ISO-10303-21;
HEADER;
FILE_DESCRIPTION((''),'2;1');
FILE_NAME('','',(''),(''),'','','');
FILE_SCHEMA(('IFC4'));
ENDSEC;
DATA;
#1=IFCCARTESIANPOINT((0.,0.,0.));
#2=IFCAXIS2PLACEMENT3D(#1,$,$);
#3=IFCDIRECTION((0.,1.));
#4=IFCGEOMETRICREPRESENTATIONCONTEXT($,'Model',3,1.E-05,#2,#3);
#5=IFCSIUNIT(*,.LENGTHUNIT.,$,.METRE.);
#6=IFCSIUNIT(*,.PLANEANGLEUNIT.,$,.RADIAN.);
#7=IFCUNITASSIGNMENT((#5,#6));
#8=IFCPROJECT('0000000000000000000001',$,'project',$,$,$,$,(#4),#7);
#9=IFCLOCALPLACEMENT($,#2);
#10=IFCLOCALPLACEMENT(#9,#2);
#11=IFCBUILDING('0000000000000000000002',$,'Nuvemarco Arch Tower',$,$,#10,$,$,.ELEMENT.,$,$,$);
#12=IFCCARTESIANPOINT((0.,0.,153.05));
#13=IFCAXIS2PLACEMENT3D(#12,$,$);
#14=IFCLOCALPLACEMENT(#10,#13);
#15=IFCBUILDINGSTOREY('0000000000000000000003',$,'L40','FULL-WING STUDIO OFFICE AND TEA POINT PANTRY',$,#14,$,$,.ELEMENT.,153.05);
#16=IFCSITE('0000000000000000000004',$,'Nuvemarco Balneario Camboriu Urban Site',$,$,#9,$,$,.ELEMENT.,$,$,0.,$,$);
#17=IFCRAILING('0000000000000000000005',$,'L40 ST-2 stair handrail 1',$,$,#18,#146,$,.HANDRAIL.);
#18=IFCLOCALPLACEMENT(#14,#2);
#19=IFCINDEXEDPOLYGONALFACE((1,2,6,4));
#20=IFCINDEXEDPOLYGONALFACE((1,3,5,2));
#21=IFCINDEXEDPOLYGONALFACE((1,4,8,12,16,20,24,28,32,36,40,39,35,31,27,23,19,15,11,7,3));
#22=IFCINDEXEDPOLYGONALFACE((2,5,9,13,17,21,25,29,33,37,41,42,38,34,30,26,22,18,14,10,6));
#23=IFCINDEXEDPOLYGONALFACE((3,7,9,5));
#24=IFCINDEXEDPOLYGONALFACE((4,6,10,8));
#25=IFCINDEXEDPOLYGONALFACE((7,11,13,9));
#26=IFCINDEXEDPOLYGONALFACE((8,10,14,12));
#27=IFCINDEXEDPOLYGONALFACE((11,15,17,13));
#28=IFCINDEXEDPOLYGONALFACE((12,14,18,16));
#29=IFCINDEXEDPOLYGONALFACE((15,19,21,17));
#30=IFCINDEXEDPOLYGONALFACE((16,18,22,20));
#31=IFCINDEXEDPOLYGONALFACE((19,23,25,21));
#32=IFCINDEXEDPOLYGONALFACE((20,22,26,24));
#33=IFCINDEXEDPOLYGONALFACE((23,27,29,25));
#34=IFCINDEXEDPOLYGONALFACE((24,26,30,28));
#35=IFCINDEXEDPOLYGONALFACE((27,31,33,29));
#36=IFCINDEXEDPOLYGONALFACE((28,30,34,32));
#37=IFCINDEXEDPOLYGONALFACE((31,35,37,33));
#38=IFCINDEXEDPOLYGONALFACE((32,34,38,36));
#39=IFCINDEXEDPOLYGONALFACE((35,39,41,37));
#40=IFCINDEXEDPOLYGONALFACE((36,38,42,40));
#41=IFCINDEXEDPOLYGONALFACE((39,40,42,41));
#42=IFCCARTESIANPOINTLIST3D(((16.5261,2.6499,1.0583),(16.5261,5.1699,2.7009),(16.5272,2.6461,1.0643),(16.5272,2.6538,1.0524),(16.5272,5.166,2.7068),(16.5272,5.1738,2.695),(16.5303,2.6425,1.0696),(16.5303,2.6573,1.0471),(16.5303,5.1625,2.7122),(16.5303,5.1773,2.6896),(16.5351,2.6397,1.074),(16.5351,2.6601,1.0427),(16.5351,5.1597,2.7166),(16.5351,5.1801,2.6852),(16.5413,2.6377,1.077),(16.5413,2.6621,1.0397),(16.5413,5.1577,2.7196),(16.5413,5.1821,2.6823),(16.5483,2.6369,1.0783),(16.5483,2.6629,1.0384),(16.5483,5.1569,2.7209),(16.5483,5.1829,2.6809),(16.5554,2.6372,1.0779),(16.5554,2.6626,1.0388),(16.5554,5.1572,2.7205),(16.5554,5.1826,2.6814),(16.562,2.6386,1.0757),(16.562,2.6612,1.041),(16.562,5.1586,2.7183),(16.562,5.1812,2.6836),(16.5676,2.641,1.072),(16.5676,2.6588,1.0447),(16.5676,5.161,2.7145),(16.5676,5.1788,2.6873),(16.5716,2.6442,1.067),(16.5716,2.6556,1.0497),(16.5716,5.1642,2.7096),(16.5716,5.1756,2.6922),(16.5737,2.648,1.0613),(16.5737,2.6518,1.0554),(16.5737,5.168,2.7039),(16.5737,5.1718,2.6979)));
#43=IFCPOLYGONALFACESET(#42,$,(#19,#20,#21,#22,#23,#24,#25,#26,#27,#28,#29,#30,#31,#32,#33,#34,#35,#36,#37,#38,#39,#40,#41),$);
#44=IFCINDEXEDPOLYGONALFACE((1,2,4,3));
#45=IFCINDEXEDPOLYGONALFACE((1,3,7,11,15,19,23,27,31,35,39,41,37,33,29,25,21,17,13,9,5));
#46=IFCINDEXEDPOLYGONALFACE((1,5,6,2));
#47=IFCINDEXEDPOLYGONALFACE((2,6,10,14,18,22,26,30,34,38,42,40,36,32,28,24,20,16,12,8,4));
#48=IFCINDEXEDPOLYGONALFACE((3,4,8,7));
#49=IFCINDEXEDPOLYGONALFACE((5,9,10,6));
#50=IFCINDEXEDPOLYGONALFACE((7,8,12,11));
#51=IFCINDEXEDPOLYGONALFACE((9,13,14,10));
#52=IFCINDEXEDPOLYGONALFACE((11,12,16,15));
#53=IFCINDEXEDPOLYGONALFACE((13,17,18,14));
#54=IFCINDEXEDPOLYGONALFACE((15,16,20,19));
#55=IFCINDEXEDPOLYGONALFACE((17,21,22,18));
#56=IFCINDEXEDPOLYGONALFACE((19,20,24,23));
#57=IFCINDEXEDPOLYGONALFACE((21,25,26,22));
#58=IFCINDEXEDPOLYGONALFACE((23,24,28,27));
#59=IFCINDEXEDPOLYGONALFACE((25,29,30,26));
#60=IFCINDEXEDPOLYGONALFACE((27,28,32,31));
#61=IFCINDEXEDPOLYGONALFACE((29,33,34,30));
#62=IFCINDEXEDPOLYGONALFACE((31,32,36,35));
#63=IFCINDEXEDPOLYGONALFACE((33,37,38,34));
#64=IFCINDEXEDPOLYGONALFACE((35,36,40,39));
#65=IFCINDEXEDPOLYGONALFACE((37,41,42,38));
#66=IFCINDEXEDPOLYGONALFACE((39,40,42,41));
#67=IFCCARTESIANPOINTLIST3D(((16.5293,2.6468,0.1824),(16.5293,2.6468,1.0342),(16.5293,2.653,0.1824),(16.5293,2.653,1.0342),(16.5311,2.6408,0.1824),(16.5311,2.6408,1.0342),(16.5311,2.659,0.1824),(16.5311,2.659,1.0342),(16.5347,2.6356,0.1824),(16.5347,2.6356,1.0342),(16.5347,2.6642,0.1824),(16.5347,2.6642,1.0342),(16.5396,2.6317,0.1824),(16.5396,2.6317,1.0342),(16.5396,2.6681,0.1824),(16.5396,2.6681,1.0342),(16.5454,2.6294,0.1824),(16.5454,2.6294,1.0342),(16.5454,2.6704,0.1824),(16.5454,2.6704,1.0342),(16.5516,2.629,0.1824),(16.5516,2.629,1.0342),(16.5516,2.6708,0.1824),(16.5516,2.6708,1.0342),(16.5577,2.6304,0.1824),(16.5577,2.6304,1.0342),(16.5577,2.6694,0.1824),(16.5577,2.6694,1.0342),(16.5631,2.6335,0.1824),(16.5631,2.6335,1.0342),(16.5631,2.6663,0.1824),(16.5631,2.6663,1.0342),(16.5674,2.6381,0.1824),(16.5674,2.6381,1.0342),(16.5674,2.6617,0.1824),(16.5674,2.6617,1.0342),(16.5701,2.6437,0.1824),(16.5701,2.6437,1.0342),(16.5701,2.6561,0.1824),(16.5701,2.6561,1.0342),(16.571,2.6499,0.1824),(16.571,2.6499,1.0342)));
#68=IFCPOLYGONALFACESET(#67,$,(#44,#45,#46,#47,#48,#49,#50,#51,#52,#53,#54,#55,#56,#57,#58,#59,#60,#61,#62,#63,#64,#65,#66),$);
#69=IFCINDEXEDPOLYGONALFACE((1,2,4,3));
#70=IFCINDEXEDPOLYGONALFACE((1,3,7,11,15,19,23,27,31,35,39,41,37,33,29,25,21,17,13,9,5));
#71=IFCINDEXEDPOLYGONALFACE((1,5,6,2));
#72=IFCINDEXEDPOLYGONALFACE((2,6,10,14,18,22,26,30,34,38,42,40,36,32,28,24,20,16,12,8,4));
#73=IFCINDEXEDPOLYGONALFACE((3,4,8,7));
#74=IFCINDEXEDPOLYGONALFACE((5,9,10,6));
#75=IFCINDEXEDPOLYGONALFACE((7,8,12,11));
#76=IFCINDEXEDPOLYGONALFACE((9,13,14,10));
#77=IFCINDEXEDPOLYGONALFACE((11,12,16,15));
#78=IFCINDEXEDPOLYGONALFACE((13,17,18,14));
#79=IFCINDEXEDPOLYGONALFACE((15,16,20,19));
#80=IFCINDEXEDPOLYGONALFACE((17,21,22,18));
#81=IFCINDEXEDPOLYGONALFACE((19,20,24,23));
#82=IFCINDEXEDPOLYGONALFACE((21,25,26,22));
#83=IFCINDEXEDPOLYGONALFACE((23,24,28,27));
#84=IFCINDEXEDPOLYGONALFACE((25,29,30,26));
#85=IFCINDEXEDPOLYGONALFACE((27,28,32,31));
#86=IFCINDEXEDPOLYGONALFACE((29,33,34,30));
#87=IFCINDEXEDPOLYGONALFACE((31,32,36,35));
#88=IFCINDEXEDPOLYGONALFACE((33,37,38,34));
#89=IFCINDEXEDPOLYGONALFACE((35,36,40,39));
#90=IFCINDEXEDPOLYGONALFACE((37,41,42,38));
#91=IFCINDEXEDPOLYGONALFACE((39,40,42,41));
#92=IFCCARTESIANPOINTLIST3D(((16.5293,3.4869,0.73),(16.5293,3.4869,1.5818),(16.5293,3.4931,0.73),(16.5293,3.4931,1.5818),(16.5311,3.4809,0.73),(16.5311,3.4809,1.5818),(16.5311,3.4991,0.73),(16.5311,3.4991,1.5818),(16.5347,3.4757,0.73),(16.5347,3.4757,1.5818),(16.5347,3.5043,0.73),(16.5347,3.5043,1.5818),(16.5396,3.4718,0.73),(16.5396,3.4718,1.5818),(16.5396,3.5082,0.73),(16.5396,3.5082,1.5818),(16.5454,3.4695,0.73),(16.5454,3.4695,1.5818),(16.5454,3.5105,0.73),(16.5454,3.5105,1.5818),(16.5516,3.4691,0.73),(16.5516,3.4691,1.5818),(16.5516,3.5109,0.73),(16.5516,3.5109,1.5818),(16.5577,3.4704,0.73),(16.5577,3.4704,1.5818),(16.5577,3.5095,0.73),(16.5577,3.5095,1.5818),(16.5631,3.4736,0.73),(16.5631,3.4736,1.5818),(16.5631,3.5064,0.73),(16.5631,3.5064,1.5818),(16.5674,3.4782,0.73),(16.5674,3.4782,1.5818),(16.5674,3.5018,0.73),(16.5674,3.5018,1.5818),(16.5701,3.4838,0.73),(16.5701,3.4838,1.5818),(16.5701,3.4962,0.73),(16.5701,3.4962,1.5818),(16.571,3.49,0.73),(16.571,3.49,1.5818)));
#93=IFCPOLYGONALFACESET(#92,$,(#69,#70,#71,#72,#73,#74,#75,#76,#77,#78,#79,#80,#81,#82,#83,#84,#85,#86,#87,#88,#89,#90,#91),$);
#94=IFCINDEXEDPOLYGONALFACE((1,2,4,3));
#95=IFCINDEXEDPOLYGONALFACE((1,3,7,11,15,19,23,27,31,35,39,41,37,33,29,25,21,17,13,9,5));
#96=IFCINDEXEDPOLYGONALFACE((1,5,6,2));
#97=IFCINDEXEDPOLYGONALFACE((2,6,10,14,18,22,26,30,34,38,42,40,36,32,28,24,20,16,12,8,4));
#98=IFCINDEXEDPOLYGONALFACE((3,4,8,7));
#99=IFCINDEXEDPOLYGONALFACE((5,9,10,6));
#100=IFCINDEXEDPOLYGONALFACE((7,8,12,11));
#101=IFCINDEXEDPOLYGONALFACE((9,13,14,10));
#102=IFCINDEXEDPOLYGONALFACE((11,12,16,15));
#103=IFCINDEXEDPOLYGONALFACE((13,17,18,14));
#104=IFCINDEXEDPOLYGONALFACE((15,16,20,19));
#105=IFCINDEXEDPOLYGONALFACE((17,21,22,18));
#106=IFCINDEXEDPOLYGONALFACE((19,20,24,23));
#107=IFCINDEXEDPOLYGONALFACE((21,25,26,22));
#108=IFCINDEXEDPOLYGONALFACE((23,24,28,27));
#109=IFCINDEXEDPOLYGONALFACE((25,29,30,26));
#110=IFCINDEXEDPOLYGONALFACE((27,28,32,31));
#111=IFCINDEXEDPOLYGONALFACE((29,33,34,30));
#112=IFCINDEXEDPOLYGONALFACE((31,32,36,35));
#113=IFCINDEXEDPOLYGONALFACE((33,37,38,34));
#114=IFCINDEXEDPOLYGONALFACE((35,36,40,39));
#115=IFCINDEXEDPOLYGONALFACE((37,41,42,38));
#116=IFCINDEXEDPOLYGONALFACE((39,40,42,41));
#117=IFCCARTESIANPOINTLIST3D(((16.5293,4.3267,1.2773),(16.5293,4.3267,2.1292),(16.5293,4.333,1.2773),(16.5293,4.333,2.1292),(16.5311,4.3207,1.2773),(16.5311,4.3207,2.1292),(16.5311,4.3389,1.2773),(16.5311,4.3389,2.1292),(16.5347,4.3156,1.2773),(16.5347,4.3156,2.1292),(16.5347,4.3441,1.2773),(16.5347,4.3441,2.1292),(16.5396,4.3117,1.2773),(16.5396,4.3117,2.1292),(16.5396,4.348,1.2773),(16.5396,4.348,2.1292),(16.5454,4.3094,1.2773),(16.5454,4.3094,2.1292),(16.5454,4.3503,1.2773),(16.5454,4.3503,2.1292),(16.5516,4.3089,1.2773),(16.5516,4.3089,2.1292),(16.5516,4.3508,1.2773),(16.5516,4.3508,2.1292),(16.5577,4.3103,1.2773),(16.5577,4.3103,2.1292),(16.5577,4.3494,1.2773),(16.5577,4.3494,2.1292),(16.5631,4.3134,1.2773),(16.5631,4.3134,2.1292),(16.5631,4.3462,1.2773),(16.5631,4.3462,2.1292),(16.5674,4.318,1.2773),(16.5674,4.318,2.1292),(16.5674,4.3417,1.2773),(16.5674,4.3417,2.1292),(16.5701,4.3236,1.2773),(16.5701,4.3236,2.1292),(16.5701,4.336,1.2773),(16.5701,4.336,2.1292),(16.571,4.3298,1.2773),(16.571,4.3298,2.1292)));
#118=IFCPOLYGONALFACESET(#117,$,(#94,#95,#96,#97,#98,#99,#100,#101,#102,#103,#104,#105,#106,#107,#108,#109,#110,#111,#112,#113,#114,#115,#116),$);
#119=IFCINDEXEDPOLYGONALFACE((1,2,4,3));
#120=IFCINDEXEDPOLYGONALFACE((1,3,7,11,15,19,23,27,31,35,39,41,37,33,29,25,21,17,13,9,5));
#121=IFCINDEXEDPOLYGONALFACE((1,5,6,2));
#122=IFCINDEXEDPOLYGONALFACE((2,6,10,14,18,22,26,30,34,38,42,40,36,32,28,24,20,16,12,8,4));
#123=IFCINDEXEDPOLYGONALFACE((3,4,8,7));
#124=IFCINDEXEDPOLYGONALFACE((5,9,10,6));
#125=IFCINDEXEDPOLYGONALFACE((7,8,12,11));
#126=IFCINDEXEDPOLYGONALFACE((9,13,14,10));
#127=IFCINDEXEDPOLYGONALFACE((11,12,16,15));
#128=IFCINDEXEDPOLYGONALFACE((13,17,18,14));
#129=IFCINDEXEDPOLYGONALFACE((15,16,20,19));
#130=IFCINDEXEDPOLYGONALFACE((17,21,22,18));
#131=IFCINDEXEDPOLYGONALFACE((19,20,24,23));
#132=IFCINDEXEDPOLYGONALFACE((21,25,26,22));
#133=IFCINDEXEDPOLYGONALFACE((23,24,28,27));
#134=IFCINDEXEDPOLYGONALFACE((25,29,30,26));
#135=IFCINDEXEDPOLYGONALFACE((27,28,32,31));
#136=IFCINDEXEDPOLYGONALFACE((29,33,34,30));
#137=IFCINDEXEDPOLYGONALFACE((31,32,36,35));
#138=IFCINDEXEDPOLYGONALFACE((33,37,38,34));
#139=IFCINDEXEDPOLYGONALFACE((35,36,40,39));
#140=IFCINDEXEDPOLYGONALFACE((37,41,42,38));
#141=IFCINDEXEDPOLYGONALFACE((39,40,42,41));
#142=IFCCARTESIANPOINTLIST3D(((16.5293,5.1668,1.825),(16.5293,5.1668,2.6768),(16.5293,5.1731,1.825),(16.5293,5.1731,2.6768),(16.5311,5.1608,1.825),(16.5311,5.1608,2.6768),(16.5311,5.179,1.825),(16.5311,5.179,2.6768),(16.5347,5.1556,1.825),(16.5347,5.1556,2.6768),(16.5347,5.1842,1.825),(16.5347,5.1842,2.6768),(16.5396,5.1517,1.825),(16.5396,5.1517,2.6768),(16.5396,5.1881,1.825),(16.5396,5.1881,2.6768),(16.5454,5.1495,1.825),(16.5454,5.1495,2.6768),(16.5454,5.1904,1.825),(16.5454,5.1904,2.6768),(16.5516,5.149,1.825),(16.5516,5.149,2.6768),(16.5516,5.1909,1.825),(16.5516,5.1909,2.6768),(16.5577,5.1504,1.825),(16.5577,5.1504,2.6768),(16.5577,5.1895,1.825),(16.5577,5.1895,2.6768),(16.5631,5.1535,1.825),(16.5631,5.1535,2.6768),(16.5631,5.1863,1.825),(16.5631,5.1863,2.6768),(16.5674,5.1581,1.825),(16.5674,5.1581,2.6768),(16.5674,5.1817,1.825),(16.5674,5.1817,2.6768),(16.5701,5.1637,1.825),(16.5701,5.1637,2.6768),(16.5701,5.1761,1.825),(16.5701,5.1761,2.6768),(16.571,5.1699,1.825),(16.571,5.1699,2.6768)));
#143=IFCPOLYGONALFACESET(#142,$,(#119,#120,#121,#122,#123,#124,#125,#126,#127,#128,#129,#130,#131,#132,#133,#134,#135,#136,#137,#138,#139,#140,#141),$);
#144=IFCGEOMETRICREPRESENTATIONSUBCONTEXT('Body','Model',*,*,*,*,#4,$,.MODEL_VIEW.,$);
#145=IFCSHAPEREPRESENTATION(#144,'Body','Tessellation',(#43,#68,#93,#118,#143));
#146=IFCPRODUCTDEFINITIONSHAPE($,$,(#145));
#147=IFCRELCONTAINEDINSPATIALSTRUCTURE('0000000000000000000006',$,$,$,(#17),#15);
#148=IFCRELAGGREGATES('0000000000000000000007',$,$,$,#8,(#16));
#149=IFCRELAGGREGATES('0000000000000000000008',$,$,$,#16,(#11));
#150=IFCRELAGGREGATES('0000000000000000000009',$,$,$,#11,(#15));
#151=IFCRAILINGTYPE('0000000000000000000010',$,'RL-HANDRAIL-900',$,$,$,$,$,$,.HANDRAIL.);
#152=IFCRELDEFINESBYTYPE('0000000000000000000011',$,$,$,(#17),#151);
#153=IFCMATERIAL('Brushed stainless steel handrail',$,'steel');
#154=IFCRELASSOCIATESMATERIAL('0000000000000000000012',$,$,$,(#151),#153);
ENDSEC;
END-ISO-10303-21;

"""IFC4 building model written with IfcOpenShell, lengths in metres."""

from ifc_helpers import new_model, si_unit, direction, frame, origin, origin_2d, place, context, subcontext, project, spatial, circle, extrude, material, type_object, element, save


model = new_model("IFC4")

# Units and contexts
model_context = context("Model", 3, precision=1e-05, world=origin(), true_north=direction((0.0, 1.0)))
body_context = subcontext(model_context, "Body", "Model", "MODEL_VIEW")
ifc_project = project(units=[si_unit("LENGTHUNIT", "METRE"), si_unit("PLANEANGLEUNIT", "RADIAN")], contexts=[model_context])

# Site, building, storey
site_placement = place(None, origin())
site = spatial("IfcSite", under=ifc_project, at=site_placement, Name="Nuvemarco Balneario Camboriu Urban Site", CompositionType="ELEMENT", RefElevation=0.0)
building_placement = place(site_placement, origin())
building = spatial("IfcBuilding", under=site, at=building_placement, Name="Nuvemarco Arch Tower", CompositionType="ELEMENT")
storey_placement = place(building_placement, frame((0.0, 0.0, 153.05)))
storey = spatial("IfcBuildingStorey", under=building, at=storey_placement, Name="L40", Description="FULL-WING STUDIO OFFICE AND TEA POINT PANTRY", CompositionType="ELEMENT", Elevation=153.05)

# Railing
ifc_material_1 = material(Name="Brushed stainless steel handrail", Category="steel")
railing_type_1 = type_object("IfcRailingType", Name="RL-HANDRAIL-900", PredefinedType="HANDRAIL", material=ifc_material_1)
railing_1_placement = place(storey_placement, frame((16.55, 2.6499, 0.1824)))
element("IfcRailing", 1, at=railing_1_placement, inside=storey, type_object=railing_type_1, Name="L40 ST-2 stair handrail 1", PredefinedType="HANDRAIL", context=body_context, shape_type="SweptSolid", body=[
    extrude(circle(Radius=0.0239, at=origin_2d()), frame((0.0, 0.0, 0.876), z_axis=(0.0, 0.837749, 0.546055), x_axis=(-1.0, 0.0, 0.0)), (0.0, 0.0, 1.0), 3.0081),
    extrude(circle(Radius=0.021, at=origin_2d()), origin(), (0.0, 0.0, 1.0), 0.8518),
    extrude(circle(Radius=0.021, at=origin_2d()), frame((0.0, 0.8401, 0.5476)), (0.0, 0.0, 1.0), 0.8518),
    extrude(circle(Radius=0.021, at=origin_2d()), frame((0.0, 1.6799, 1.095)), (0.0, 0.0, 1.0), 0.8518),
    extrude(circle(Radius=0.021, at=origin_2d()), frame((0.0, 2.52, 1.6426)), (0.0, 0.0, 1.0), 0.8518),
])

save(model, "model.ifc")
